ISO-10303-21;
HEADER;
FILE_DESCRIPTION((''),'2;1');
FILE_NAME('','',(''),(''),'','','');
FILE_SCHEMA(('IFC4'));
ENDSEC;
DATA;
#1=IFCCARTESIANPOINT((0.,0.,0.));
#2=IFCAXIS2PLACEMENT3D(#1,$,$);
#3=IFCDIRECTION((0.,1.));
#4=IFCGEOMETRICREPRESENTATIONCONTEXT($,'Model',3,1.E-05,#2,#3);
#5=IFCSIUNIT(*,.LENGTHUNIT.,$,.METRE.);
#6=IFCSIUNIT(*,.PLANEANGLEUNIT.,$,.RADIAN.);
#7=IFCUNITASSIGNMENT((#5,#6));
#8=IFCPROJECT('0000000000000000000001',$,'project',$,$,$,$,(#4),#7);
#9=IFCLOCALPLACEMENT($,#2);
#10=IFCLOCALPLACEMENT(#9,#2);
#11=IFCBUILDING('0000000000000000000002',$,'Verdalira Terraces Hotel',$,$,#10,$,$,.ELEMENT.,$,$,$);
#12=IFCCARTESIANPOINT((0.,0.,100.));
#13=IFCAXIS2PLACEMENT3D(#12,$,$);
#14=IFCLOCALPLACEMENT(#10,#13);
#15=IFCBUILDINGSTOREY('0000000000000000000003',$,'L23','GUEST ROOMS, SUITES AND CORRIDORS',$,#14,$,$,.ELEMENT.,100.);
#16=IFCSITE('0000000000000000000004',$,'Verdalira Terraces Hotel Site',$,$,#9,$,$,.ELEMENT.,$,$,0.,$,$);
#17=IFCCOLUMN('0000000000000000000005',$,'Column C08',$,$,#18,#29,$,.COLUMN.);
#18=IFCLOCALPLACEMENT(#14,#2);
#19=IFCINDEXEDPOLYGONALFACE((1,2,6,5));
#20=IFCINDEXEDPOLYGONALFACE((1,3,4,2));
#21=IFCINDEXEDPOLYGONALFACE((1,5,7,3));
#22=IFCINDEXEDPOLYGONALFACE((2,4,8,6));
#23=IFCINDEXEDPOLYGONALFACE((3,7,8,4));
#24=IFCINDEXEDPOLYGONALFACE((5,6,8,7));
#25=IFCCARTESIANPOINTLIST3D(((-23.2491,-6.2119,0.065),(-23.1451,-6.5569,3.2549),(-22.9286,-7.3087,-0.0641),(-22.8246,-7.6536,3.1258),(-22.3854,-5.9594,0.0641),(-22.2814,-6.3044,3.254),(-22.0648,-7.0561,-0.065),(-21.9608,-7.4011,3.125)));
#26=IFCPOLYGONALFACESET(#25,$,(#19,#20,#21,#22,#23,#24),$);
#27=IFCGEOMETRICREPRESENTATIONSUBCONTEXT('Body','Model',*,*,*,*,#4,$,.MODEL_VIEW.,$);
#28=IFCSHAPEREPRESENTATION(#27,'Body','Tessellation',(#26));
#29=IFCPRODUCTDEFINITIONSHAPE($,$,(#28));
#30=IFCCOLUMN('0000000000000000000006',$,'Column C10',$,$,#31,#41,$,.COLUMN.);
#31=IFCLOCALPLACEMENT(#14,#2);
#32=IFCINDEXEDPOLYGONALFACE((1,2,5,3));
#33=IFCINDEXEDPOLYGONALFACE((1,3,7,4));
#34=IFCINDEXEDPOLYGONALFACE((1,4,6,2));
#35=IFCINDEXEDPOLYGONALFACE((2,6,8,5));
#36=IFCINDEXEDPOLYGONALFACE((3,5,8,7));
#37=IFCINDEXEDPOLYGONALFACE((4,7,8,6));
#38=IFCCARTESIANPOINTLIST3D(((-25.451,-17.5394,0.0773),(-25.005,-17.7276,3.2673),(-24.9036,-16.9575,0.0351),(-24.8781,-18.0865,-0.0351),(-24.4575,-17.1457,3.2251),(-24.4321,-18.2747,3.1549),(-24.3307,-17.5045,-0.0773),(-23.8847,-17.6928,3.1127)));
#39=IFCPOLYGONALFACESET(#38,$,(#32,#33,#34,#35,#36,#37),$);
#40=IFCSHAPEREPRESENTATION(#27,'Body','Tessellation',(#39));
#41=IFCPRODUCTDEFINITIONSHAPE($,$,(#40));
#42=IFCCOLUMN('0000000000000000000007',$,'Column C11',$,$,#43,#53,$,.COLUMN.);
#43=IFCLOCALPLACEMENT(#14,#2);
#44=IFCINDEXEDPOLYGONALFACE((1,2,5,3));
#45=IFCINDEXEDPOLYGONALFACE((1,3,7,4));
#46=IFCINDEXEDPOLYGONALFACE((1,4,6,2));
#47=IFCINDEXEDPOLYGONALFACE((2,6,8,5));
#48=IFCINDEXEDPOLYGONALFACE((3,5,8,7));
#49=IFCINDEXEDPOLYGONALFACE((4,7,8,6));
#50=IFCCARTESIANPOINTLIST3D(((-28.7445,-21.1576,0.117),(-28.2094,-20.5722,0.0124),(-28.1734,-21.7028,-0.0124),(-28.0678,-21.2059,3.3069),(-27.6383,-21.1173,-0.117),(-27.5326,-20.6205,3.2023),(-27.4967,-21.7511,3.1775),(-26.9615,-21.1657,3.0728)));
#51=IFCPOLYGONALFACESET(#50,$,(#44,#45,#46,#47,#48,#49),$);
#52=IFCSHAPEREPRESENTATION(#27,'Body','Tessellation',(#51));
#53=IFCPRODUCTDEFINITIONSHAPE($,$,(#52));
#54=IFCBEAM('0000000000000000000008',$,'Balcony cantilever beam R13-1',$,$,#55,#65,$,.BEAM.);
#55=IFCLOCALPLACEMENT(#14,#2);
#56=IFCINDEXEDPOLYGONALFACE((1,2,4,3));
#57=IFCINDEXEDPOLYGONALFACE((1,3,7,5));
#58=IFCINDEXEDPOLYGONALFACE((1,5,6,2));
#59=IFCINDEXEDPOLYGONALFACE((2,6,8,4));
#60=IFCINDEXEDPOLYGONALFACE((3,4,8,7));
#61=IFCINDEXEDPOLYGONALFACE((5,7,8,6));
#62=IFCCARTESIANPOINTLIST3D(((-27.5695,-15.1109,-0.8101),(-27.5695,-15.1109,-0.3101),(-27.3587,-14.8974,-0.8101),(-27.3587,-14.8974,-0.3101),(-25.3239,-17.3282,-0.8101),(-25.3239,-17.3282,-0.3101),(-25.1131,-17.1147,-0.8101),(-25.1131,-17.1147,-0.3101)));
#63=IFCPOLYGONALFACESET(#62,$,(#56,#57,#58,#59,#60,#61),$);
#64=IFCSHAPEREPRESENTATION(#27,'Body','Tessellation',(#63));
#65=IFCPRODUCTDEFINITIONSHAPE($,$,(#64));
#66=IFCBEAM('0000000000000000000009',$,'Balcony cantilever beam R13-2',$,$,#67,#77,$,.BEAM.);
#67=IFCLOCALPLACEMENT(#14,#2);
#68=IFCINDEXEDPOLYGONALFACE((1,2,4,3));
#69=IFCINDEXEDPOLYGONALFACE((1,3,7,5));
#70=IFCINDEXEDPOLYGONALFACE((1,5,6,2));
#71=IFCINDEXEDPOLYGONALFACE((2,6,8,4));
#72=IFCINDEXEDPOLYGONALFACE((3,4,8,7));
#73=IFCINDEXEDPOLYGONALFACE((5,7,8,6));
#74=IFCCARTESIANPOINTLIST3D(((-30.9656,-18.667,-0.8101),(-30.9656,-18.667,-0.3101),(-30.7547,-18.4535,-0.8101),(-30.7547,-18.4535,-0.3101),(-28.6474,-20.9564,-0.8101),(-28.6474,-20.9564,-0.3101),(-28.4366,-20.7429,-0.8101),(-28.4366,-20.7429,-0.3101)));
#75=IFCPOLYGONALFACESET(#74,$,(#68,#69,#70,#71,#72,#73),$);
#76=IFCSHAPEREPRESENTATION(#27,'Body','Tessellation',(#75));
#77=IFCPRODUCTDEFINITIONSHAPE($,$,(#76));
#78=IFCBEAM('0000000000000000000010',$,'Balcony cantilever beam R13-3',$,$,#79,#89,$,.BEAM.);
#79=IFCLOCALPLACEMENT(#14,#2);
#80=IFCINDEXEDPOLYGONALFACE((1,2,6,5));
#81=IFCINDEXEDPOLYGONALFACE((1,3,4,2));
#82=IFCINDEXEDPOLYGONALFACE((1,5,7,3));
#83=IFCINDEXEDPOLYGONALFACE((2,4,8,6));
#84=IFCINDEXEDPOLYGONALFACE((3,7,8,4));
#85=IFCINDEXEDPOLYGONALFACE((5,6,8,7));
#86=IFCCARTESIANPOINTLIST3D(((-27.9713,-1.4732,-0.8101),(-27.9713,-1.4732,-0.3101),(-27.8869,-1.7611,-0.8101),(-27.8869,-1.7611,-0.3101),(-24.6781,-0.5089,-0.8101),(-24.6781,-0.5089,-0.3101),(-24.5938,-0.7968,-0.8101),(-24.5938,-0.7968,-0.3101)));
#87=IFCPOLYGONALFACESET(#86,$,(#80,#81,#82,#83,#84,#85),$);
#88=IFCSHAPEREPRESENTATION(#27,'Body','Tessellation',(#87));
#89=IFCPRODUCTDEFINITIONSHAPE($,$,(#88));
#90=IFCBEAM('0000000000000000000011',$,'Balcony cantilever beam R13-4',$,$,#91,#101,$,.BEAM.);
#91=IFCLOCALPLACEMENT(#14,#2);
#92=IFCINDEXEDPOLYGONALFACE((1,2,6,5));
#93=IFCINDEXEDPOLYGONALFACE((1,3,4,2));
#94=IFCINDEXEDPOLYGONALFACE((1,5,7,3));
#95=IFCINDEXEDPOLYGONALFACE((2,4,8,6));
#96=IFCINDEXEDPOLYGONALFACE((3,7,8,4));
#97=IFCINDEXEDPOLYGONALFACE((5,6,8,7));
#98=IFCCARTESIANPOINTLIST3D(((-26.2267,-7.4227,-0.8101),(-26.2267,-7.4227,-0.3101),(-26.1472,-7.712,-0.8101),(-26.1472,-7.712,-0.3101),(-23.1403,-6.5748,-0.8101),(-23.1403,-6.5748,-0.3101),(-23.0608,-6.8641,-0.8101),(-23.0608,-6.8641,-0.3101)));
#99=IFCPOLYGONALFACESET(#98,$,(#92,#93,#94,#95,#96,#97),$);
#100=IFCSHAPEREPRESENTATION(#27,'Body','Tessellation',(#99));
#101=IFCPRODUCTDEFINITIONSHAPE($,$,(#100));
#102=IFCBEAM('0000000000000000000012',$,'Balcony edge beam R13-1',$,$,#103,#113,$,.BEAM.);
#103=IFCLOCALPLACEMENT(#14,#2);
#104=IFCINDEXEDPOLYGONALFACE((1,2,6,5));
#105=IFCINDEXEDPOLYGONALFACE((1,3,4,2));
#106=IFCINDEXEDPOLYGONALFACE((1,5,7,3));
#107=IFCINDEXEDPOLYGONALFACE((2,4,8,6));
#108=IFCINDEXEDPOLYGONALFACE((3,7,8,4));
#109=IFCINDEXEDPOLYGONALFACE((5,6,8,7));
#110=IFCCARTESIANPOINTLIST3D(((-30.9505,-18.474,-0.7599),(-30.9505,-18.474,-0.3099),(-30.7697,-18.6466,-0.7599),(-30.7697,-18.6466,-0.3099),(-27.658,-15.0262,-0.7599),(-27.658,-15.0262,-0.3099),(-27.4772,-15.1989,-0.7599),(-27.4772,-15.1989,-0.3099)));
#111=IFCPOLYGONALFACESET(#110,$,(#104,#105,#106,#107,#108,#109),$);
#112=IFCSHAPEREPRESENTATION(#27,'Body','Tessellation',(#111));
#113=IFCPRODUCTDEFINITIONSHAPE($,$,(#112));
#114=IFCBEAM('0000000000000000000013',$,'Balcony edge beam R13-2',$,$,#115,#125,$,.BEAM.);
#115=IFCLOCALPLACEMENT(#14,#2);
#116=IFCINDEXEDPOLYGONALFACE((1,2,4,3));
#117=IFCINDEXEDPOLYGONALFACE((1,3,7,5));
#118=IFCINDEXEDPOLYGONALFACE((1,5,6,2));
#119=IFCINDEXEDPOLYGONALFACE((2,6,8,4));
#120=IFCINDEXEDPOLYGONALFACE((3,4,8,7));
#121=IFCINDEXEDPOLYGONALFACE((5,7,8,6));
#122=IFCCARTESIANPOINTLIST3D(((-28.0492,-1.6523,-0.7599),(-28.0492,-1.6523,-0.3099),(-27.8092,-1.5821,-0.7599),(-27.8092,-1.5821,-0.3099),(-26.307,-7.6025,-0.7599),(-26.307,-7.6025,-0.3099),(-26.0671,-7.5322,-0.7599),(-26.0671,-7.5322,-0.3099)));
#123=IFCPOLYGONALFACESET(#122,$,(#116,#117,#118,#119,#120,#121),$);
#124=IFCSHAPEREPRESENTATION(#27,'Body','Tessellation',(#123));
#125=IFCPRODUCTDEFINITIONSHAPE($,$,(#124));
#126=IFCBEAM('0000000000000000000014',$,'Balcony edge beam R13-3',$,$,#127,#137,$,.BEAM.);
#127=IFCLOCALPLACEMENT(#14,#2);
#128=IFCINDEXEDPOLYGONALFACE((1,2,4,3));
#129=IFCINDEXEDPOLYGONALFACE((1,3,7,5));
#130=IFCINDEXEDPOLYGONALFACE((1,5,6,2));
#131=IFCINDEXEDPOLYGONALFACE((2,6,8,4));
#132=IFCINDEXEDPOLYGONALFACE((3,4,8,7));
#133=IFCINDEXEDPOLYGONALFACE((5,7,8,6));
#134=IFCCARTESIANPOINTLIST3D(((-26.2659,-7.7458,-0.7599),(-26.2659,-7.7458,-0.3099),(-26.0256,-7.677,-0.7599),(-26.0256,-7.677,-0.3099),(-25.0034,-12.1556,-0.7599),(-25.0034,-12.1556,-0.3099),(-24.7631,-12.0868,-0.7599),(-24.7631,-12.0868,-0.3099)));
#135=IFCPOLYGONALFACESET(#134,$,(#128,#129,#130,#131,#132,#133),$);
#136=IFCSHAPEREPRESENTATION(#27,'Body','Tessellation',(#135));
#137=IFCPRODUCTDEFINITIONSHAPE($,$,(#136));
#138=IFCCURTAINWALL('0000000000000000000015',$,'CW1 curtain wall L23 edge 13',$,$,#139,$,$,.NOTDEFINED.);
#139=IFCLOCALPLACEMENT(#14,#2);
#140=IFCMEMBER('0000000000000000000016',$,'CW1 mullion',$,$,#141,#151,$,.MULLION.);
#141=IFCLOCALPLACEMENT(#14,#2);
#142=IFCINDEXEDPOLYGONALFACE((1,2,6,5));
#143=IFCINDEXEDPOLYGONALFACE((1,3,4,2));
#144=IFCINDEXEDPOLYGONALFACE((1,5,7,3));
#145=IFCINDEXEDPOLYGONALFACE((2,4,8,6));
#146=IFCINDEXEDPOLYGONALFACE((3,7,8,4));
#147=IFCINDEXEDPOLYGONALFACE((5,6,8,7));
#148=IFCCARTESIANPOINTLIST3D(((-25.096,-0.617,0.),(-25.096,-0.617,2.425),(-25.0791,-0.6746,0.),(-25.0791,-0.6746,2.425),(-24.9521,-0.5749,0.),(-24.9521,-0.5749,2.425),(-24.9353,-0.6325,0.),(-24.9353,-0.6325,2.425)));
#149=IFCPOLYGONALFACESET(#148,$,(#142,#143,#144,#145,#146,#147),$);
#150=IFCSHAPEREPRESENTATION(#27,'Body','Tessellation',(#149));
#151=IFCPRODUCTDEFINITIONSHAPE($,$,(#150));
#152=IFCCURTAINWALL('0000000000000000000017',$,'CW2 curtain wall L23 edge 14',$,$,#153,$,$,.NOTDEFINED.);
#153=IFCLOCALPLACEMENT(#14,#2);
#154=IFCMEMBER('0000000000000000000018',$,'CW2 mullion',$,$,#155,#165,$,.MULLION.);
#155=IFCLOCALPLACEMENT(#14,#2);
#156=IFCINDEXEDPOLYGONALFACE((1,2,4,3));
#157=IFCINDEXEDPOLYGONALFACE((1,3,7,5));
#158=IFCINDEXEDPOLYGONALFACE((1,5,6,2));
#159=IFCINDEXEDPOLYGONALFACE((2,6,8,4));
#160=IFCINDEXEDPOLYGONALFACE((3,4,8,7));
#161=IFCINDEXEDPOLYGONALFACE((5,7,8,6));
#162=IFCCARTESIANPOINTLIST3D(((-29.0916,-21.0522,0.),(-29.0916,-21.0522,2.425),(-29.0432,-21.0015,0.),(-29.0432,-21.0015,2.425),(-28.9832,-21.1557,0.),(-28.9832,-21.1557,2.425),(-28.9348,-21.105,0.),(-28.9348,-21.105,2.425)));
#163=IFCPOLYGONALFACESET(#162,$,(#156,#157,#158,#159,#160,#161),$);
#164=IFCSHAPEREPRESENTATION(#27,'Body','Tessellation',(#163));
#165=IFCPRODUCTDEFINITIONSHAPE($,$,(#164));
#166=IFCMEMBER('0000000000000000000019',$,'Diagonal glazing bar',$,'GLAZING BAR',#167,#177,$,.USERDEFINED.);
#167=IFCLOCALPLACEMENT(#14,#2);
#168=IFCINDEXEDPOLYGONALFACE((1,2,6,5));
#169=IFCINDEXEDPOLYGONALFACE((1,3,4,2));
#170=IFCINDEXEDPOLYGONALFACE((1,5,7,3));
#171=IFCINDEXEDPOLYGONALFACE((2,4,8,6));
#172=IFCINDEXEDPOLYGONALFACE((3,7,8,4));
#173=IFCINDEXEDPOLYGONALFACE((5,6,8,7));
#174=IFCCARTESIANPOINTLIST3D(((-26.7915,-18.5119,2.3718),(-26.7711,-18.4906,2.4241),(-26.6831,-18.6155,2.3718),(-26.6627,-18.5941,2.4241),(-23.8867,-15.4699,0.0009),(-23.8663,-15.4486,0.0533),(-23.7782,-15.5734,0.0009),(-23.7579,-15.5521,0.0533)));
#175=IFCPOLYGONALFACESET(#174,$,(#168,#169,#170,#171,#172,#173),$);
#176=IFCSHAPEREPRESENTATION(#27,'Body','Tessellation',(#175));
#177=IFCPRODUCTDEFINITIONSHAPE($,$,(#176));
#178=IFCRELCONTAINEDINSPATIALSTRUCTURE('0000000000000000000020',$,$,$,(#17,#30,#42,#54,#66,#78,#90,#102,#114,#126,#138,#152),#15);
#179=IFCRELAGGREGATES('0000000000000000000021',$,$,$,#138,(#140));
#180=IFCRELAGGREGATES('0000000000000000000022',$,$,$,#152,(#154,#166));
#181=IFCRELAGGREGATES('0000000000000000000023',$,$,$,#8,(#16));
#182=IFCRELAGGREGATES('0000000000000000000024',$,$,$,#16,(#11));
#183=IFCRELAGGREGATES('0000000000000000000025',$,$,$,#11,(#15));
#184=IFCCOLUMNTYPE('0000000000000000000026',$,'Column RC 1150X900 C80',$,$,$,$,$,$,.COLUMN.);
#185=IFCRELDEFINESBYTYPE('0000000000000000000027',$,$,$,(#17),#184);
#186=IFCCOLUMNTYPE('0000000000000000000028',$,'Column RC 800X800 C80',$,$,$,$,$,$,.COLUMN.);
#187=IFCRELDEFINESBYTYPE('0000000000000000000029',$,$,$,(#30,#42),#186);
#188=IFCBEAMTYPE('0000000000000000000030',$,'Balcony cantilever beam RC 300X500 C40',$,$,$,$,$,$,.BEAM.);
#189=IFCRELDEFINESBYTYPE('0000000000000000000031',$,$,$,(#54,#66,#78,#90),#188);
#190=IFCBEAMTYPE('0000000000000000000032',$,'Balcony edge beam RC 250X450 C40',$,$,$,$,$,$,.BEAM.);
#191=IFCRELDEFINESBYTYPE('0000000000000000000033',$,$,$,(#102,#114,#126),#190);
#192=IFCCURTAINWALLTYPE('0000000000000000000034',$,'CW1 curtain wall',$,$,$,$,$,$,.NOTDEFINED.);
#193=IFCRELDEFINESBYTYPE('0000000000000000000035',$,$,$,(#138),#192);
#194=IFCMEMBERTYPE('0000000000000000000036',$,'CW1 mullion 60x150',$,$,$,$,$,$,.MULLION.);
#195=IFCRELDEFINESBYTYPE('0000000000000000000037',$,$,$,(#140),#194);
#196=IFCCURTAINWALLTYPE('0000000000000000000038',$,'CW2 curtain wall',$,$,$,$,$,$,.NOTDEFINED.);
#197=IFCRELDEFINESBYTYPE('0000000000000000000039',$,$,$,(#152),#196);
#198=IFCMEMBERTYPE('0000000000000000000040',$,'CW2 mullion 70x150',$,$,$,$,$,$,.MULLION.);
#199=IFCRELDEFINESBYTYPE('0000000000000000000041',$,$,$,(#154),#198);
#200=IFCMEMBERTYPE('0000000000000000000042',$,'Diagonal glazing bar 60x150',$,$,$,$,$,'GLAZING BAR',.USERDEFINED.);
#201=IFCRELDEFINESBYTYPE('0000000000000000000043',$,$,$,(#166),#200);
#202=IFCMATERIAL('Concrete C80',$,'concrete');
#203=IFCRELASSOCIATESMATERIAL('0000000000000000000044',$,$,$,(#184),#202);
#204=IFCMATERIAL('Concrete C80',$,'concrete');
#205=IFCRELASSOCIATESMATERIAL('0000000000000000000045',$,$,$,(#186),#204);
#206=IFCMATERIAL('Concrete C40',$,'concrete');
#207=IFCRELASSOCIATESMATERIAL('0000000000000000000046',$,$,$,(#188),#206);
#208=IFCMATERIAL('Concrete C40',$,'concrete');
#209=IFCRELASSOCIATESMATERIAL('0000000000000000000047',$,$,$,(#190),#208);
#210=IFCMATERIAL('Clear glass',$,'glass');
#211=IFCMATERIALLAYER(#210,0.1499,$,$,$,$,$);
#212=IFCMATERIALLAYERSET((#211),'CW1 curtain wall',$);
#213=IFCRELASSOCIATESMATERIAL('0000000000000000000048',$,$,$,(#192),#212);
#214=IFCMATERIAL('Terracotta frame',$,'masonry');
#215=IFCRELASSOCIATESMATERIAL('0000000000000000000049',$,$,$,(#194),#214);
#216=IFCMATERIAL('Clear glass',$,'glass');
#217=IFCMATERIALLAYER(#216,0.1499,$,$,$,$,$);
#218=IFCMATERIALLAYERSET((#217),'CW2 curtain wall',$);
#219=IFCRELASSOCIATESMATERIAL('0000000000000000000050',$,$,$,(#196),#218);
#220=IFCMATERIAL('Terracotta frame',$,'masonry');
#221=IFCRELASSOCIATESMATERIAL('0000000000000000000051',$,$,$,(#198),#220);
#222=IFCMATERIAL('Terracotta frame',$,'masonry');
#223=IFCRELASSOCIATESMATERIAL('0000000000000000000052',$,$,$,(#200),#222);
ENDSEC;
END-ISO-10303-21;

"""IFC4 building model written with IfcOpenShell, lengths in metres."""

from ifc_helpers import new_model, si_unit, direction, frame, origin, origin_2d, place, context, subcontext, project, spatial, rectangle, extrude, material, layer, layer_set, material_profile, profile_set, type_object, element, aggregate, save


model = new_model("IFC4")

# Units and contexts
model_context = context("Model", 3, precision=1e-05, world=origin(), true_north=direction((0.0, 1.0)))
body_context = subcontext(model_context, "Body", "Model", "MODEL_VIEW")
ifc_project = project(units=[si_unit("LENGTHUNIT", "METRE"), si_unit("PLANEANGLEUNIT", "RADIAN")], contexts=[model_context])

# Site, building, storey
site_placement = place(None, origin())
site = spatial("IfcSite", under=ifc_project, at=site_placement, Name="Verdalira Terraces Hotel Site", CompositionType="ELEMENT", RefElevation=0.0)
building_placement = place(site_placement, origin())
building = spatial("IfcBuilding", under=site, at=building_placement, Name="Verdalira Terraces Hotel", CompositionType="ELEMENT")
storey_placement = place(building_placement, frame((0.0, 0.0, 100.0)))
storey = spatial("IfcBuildingStorey", under=building, at=storey_placement, Name="L23", Description="GUEST ROOMS, SUITES AND CORRIDORS", CompositionType="ELEMENT", Elevation=100.0)

# Columns
ifc_material_1 = material(Name="Concrete C80", Category="concrete")
ifc_material_profile_1 = material_profile(ifc_material_1, rectangle(XDim=1.1499, YDim=0.8999, at=origin_2d()), Name="RC 1150X900")
ifc_profile_set_1 = profile_set([ifc_material_profile_1], Name="Concrete C80")
column_type_1 = type_object("IfcColumnType", Name="Column RC 1150X900 C80", PredefinedType="COLUMN", material=ifc_profile_set_1)
column_1_placement = place(storey_placement, frame((-22.657, -6.634, 0.0), z_axis=(0.032398, -0.10746, 0.993681), x_axis=(0.278746, -0.953784, -0.112233)))
element("IfcColumn", 1, at=column_1_placement, inside=storey, type_object=column_type_1, Name="Column C08", PredefinedType="COLUMN", context=body_context, shape_type="SweptSolid", body=[
    extrude(rectangle(XDim=1.1499, YDim=0.8999, at=origin_2d()), origin(), (0.0, 0.0, 1.0), 3.2102),
])
ifc_material_2 = material(Name="Concrete C80", Category="concrete")
ifc_material_profile_2 = material_profile(ifc_material_2, rectangle(XDim=0.8, YDim=0.8, at=origin_2d()), Name="RC 800X800")
ifc_profile_set_2 = profile_set([ifc_material_profile_2], Name="Concrete C80")
column_type_2 = type_object("IfcColumnType", Name="Column RC 800X800 C80", PredefinedType="COLUMN", material=ifc_profile_set_2)
column_2_placement = place(storey_placement, frame((-24.8909, -17.522, 0.0), z_axis=(0.138245, -0.05834, 0.988678), x_axis=(-0.684223, -0.727363, 0.052754)))
element("IfcColumn", 2, at=column_2_placement, inside=storey, type_object=column_type_2, Name="Column C10", PredefinedType="COLUMN", context=body_context, shape_type="SweptSolid", body=[
    extrude(rectangle(XDim=0.8, YDim=0.8, at=origin_2d()), origin(), (0.0, 0.0, 1.0), 3.2266),
])
column_3_placement = place(storey_placement, frame((-28.1914, -21.1375, 0.0), z_axis=(0.207512, -0.014822, 0.97812), x_axis=(-0.668905, -0.731745, 0.130822)))
element("IfcColumn", 3, at=column_3_placement, inside=storey, type_object=column_type_2, Name="Column C11", PredefinedType="COLUMN", context=body_context, shape_type="SweptSolid", body=[
    extrude(rectangle(XDim=0.8, YDim=0.8, at=origin_2d()), origin(), (0.0, 0.0, 1.0), 3.2612),
])

# Beams
ifc_material_3 = material(Name="Concrete C40", Category="concrete")
ifc_material_profile_3 = material_profile(ifc_material_3, rectangle(XDim=0.3, YDim=0.5, at=origin_2d()), Name="RC 300X500")
ifc_profile_set_3 = profile_set([ifc_material_profile_3], Name="Concrete C40")
beam_type_1 = type_object("IfcBeamType", Name="Balcony cantilever beam RC 300X500 C40", PredefinedType="BEAM", material=ifc_profile_set_3)
beam_1_placement = place(storey_placement, frame((-25.2185, -17.2214, -0.5601), z_axis=(-0.71158, 0.702606, 0.0), x_axis=(-0.702606, -0.71158, 0.0)))
element("IfcBeam", 4, at=beam_1_placement, inside=storey, type_object=beam_type_1, Name="Balcony cantilever beam R13-1", PredefinedType="BEAM", context=body_context, shape_type="SweptSolid", body=[
    extrude(rectangle(XDim=0.3, YDim=0.5, at=origin_2d()), origin(), (0.0, 0.0, 1.0), 3.1558),
])
beam_2_placement = place(storey_placement, frame((-28.542, -20.8496, -0.5601), z_axis=(-0.711514, 0.702672, 0.0), x_axis=(-0.702672, -0.711514, 0.0)))
element("IfcBeam", 5, at=beam_2_placement, inside=storey, type_object=beam_type_1, Name="Balcony cantilever beam R13-2", PredefinedType="BEAM", context=body_context, shape_type="SweptSolid", body=[
    extrude(rectangle(XDim=0.3, YDim=0.5, at=origin_2d()), origin(), (0.0, 0.0, 1.0), 3.2581),
])
beam_3_placement = place(storey_placement, frame((-24.636, -0.6528, -0.5601), z_axis=(-0.959699, -0.28103, 0.0), x_axis=(0.28103, -0.959699, 0.0)))
element("IfcBeam", 6, at=beam_3_placement, inside=storey, type_object=beam_type_1, Name="Balcony cantilever beam R13-3", PredefinedType="BEAM", context=body_context, shape_type="SweptSolid", body=[
    extrude(rectangle(XDim=0.3, YDim=0.5, at=origin_2d()), origin(), (0.0, 0.0, 1.0), 3.4314),
])
beam_4_placement = place(storey_placement, frame((-23.1006, -6.7195, -0.5601), z_axis=(-0.964275, -0.264905, 0.0), x_axis=(0.264905, -0.964275, 0.0)))
element("IfcBeam", 7, at=beam_4_placement, inside=storey, type_object=beam_type_1, Name="Balcony cantilever beam R13-4", PredefinedType="BEAM", context=body_context, shape_type="SweptSolid", body=[
    extrude(rectangle(XDim=0.3, YDim=0.5, at=origin_2d()), origin(), (0.0, 0.0, 1.0), 3.2007),
])
ifc_material_4 = material(Name="Concrete C40", Category="concrete")
ifc_material_profile_4 = material_profile(ifc_material_4, rectangle(XDim=0.25, YDim=0.45, at=origin_2d()), Name="RC 250X450")
ifc_profile_set_4 = profile_set([ifc_material_profile_4], Name="Concrete C40")
beam_type_2 = type_object("IfcBeamType", Name="Balcony edge beam RC 250X450 C40", PredefinedType="BEAM", material=ifc_profile_set_4)
beam_5_placement = place(storey_placement, frame((-27.5676, -15.1125, -0.5349), z_axis=(-0.690634, -0.723204, 0.0), x_axis=(0.723204, -0.690634, 0.0)))
element("IfcBeam", 8, at=beam_5_placement, inside=storey, type_object=beam_type_2, Name="Balcony edge beam R13-1", PredefinedType="BEAM", context=body_context, shape_type="SweptSolid", body=[
    extrude(rectangle(XDim=0.25, YDim=0.45, at=origin_2d()), origin(), (0.0, 0.0, 1.0), 4.7673),
])
beam_6_placement = place(storey_placement, frame((-27.9292, -1.6172, -0.5349), z_axis=(0.280998, -0.959708, 0.0), x_axis=(0.959708, 0.280998, 0.0)))
element("IfcBeam", 9, at=beam_6_placement, inside=storey, type_object=beam_type_2, Name="Balcony edge beam R13-2", PredefinedType="BEAM", context=body_context, shape_type="SweptSolid", body=[
    extrude(rectangle(XDim=0.25, YDim=0.45, at=origin_2d()), origin(), (0.0, 0.0, 1.0), 6.2),
])
beam_7_placement = place(storey_placement, frame((-26.1458, -7.7114, -0.5349), z_axis=(0.275234, -0.961377, 0.0), x_axis=(0.961377, 0.275234, 0.0)))
element("IfcBeam", 10, at=beam_7_placement, inside=storey, type_object=beam_type_2, Name="Balcony edge beam R13-3", PredefinedType="BEAM", context=body_context, shape_type="SweptSolid", body=[
    extrude(rectangle(XDim=0.25, YDim=0.45, at=origin_2d()), origin(), (0.0, 0.0, 1.0), 4.5869),
])

# Curtain wall, member
ifc_material_5 = material(Name="Clear glass", Category="glass")
ifc_layer_1 = layer(ifc_material_5, 0.1499)
ifc_layer_set_1 = layer_set([ifc_layer_1], Name="CW1 curtain wall")
curtain_wall_type_1 = type_object("IfcCurtainWallType", Name="CW1 curtain wall", PredefinedType="NOTDEFINED", material=ifc_layer_set_1)
curtain_wall_1_placement = place(storey_placement, origin())
curtain_wall_1 = element("IfcCurtainWall", 11, at=curtain_wall_1_placement, inside=storey, type_object=curtain_wall_type_1, Name="CW1 curtain wall L23 edge 13", PredefinedType="NOTDEFINED")
ifc_material_6 = material(Name="Terracotta frame", Category="masonry")
ifc_material_profile_5 = material_profile(ifc_material_6, rectangle(XDim=0.0601, YDim=0.1499, at=origin_2d()), Name="MU 60x150")
ifc_profile_set_5 = profile_set([ifc_material_profile_5], Name="Terracotta frame")
member_type_1 = type_object("IfcMemberType", Name="CW1 mullion 60x150", PredefinedType="MULLION", material=ifc_profile_set_5)
member_1_placement = place(storey_placement, frame((-25.0156, -0.6248, 0.0), z_axis=(0.0, 0.0, 1.0), x_axis=(0.281002, -0.959707, 0.0)))
member_1 = element("IfcMember", 12, at=member_1_placement, type_object=member_type_1, Name="CW1 mullion", PredefinedType="MULLION", context=body_context, shape_type="SweptSolid", body=[
    extrude(rectangle(XDim=0.0601, YDim=0.1499, at=origin_2d()), origin(), (0.0, 0.0, 1.0), 2.425),
])

# Curtain wall, members
ifc_material_7 = material(Name="Clear glass", Category="glass")
ifc_layer_2 = layer(ifc_material_7, 0.1499)
ifc_layer_set_2 = layer_set([ifc_layer_2], Name="CW2 curtain wall")
curtain_wall_type_2 = type_object("IfcCurtainWallType", Name="CW2 curtain wall", PredefinedType="NOTDEFINED", material=ifc_layer_set_2)
curtain_wall_2_placement = place(storey_placement, origin())
curtain_wall_2 = element("IfcCurtainWall", 13, at=curtain_wall_2_placement, inside=storey, type_object=curtain_wall_type_2, Name="CW2 curtain wall L23 edge 14", PredefinedType="NOTDEFINED")
ifc_material_8 = material(Name="Terracotta frame", Category="masonry")
ifc_material_profile_6 = material_profile(ifc_material_8, rectangle(XDim=0.0701, YDim=0.1499, at=origin_2d()), Name="MU 70x150")
ifc_profile_set_6 = profile_set([ifc_material_profile_6], Name="Terracotta frame")
member_type_2 = type_object("IfcMemberType", Name="CW2 mullion 70x150", PredefinedType="MULLION", material=ifc_profile_set_6)
member_2_placement = place(storey_placement, frame((-29.0132, -21.0786, 0.0), z_axis=(0.0, 0.0, 1.0), x_axis=(-0.69063, -0.723208, 0.0)))
member_2 = element("IfcMember", 14, at=member_2_placement, type_object=member_type_2, Name="CW2 mullion", PredefinedType="MULLION", context=body_context, shape_type="SweptSolid", body=[
    extrude(rectangle(XDim=0.0701, YDim=0.1499, at=origin_2d()), origin(), (0.0, 0.0, 1.0), 2.425),
])
ifc_material_9 = material(Name="Terracotta frame", Category="masonry")
ifc_material_profile_7 = material_profile(ifc_material_9, rectangle(XDim=0.1499, YDim=0.0601, at=origin_2d()), Name="GB 60x150")
ifc_profile_set_7 = profile_set([ifc_material_profile_7], Name="Terracotta frame")
member_type_3 = type_object("IfcMemberType", Name="Diagonal glazing bar 60x150", ElementType="GLAZING BAR", PredefinedType="USERDEFINED", material=ifc_profile_set_7)
member_3_placement = place(storey_placement, frame((-23.8223, -15.511, 0.0271), z_axis=(-0.601617, -0.630035, 0.491033), x_axis=(0.723229, -0.690608, 0.0)))
member_3 = element("IfcMember", 15, at=member_3_placement, type_object=member_type_3, Name="Diagonal glazing bar", ObjectType="GLAZING BAR", PredefinedType="USERDEFINED", context=body_context, shape_type="SweptSolid", body=[
    extrude(rectangle(XDim=0.1499, YDim=0.0601, at=origin_2d()), origin(), (0.0, 0.0, 1.0), 4.8284),
])

aggregate(curtain_wall_1, [member_1])
aggregate(curtain_wall_2, [member_2, member_3])

save(model, "model.ifc")
